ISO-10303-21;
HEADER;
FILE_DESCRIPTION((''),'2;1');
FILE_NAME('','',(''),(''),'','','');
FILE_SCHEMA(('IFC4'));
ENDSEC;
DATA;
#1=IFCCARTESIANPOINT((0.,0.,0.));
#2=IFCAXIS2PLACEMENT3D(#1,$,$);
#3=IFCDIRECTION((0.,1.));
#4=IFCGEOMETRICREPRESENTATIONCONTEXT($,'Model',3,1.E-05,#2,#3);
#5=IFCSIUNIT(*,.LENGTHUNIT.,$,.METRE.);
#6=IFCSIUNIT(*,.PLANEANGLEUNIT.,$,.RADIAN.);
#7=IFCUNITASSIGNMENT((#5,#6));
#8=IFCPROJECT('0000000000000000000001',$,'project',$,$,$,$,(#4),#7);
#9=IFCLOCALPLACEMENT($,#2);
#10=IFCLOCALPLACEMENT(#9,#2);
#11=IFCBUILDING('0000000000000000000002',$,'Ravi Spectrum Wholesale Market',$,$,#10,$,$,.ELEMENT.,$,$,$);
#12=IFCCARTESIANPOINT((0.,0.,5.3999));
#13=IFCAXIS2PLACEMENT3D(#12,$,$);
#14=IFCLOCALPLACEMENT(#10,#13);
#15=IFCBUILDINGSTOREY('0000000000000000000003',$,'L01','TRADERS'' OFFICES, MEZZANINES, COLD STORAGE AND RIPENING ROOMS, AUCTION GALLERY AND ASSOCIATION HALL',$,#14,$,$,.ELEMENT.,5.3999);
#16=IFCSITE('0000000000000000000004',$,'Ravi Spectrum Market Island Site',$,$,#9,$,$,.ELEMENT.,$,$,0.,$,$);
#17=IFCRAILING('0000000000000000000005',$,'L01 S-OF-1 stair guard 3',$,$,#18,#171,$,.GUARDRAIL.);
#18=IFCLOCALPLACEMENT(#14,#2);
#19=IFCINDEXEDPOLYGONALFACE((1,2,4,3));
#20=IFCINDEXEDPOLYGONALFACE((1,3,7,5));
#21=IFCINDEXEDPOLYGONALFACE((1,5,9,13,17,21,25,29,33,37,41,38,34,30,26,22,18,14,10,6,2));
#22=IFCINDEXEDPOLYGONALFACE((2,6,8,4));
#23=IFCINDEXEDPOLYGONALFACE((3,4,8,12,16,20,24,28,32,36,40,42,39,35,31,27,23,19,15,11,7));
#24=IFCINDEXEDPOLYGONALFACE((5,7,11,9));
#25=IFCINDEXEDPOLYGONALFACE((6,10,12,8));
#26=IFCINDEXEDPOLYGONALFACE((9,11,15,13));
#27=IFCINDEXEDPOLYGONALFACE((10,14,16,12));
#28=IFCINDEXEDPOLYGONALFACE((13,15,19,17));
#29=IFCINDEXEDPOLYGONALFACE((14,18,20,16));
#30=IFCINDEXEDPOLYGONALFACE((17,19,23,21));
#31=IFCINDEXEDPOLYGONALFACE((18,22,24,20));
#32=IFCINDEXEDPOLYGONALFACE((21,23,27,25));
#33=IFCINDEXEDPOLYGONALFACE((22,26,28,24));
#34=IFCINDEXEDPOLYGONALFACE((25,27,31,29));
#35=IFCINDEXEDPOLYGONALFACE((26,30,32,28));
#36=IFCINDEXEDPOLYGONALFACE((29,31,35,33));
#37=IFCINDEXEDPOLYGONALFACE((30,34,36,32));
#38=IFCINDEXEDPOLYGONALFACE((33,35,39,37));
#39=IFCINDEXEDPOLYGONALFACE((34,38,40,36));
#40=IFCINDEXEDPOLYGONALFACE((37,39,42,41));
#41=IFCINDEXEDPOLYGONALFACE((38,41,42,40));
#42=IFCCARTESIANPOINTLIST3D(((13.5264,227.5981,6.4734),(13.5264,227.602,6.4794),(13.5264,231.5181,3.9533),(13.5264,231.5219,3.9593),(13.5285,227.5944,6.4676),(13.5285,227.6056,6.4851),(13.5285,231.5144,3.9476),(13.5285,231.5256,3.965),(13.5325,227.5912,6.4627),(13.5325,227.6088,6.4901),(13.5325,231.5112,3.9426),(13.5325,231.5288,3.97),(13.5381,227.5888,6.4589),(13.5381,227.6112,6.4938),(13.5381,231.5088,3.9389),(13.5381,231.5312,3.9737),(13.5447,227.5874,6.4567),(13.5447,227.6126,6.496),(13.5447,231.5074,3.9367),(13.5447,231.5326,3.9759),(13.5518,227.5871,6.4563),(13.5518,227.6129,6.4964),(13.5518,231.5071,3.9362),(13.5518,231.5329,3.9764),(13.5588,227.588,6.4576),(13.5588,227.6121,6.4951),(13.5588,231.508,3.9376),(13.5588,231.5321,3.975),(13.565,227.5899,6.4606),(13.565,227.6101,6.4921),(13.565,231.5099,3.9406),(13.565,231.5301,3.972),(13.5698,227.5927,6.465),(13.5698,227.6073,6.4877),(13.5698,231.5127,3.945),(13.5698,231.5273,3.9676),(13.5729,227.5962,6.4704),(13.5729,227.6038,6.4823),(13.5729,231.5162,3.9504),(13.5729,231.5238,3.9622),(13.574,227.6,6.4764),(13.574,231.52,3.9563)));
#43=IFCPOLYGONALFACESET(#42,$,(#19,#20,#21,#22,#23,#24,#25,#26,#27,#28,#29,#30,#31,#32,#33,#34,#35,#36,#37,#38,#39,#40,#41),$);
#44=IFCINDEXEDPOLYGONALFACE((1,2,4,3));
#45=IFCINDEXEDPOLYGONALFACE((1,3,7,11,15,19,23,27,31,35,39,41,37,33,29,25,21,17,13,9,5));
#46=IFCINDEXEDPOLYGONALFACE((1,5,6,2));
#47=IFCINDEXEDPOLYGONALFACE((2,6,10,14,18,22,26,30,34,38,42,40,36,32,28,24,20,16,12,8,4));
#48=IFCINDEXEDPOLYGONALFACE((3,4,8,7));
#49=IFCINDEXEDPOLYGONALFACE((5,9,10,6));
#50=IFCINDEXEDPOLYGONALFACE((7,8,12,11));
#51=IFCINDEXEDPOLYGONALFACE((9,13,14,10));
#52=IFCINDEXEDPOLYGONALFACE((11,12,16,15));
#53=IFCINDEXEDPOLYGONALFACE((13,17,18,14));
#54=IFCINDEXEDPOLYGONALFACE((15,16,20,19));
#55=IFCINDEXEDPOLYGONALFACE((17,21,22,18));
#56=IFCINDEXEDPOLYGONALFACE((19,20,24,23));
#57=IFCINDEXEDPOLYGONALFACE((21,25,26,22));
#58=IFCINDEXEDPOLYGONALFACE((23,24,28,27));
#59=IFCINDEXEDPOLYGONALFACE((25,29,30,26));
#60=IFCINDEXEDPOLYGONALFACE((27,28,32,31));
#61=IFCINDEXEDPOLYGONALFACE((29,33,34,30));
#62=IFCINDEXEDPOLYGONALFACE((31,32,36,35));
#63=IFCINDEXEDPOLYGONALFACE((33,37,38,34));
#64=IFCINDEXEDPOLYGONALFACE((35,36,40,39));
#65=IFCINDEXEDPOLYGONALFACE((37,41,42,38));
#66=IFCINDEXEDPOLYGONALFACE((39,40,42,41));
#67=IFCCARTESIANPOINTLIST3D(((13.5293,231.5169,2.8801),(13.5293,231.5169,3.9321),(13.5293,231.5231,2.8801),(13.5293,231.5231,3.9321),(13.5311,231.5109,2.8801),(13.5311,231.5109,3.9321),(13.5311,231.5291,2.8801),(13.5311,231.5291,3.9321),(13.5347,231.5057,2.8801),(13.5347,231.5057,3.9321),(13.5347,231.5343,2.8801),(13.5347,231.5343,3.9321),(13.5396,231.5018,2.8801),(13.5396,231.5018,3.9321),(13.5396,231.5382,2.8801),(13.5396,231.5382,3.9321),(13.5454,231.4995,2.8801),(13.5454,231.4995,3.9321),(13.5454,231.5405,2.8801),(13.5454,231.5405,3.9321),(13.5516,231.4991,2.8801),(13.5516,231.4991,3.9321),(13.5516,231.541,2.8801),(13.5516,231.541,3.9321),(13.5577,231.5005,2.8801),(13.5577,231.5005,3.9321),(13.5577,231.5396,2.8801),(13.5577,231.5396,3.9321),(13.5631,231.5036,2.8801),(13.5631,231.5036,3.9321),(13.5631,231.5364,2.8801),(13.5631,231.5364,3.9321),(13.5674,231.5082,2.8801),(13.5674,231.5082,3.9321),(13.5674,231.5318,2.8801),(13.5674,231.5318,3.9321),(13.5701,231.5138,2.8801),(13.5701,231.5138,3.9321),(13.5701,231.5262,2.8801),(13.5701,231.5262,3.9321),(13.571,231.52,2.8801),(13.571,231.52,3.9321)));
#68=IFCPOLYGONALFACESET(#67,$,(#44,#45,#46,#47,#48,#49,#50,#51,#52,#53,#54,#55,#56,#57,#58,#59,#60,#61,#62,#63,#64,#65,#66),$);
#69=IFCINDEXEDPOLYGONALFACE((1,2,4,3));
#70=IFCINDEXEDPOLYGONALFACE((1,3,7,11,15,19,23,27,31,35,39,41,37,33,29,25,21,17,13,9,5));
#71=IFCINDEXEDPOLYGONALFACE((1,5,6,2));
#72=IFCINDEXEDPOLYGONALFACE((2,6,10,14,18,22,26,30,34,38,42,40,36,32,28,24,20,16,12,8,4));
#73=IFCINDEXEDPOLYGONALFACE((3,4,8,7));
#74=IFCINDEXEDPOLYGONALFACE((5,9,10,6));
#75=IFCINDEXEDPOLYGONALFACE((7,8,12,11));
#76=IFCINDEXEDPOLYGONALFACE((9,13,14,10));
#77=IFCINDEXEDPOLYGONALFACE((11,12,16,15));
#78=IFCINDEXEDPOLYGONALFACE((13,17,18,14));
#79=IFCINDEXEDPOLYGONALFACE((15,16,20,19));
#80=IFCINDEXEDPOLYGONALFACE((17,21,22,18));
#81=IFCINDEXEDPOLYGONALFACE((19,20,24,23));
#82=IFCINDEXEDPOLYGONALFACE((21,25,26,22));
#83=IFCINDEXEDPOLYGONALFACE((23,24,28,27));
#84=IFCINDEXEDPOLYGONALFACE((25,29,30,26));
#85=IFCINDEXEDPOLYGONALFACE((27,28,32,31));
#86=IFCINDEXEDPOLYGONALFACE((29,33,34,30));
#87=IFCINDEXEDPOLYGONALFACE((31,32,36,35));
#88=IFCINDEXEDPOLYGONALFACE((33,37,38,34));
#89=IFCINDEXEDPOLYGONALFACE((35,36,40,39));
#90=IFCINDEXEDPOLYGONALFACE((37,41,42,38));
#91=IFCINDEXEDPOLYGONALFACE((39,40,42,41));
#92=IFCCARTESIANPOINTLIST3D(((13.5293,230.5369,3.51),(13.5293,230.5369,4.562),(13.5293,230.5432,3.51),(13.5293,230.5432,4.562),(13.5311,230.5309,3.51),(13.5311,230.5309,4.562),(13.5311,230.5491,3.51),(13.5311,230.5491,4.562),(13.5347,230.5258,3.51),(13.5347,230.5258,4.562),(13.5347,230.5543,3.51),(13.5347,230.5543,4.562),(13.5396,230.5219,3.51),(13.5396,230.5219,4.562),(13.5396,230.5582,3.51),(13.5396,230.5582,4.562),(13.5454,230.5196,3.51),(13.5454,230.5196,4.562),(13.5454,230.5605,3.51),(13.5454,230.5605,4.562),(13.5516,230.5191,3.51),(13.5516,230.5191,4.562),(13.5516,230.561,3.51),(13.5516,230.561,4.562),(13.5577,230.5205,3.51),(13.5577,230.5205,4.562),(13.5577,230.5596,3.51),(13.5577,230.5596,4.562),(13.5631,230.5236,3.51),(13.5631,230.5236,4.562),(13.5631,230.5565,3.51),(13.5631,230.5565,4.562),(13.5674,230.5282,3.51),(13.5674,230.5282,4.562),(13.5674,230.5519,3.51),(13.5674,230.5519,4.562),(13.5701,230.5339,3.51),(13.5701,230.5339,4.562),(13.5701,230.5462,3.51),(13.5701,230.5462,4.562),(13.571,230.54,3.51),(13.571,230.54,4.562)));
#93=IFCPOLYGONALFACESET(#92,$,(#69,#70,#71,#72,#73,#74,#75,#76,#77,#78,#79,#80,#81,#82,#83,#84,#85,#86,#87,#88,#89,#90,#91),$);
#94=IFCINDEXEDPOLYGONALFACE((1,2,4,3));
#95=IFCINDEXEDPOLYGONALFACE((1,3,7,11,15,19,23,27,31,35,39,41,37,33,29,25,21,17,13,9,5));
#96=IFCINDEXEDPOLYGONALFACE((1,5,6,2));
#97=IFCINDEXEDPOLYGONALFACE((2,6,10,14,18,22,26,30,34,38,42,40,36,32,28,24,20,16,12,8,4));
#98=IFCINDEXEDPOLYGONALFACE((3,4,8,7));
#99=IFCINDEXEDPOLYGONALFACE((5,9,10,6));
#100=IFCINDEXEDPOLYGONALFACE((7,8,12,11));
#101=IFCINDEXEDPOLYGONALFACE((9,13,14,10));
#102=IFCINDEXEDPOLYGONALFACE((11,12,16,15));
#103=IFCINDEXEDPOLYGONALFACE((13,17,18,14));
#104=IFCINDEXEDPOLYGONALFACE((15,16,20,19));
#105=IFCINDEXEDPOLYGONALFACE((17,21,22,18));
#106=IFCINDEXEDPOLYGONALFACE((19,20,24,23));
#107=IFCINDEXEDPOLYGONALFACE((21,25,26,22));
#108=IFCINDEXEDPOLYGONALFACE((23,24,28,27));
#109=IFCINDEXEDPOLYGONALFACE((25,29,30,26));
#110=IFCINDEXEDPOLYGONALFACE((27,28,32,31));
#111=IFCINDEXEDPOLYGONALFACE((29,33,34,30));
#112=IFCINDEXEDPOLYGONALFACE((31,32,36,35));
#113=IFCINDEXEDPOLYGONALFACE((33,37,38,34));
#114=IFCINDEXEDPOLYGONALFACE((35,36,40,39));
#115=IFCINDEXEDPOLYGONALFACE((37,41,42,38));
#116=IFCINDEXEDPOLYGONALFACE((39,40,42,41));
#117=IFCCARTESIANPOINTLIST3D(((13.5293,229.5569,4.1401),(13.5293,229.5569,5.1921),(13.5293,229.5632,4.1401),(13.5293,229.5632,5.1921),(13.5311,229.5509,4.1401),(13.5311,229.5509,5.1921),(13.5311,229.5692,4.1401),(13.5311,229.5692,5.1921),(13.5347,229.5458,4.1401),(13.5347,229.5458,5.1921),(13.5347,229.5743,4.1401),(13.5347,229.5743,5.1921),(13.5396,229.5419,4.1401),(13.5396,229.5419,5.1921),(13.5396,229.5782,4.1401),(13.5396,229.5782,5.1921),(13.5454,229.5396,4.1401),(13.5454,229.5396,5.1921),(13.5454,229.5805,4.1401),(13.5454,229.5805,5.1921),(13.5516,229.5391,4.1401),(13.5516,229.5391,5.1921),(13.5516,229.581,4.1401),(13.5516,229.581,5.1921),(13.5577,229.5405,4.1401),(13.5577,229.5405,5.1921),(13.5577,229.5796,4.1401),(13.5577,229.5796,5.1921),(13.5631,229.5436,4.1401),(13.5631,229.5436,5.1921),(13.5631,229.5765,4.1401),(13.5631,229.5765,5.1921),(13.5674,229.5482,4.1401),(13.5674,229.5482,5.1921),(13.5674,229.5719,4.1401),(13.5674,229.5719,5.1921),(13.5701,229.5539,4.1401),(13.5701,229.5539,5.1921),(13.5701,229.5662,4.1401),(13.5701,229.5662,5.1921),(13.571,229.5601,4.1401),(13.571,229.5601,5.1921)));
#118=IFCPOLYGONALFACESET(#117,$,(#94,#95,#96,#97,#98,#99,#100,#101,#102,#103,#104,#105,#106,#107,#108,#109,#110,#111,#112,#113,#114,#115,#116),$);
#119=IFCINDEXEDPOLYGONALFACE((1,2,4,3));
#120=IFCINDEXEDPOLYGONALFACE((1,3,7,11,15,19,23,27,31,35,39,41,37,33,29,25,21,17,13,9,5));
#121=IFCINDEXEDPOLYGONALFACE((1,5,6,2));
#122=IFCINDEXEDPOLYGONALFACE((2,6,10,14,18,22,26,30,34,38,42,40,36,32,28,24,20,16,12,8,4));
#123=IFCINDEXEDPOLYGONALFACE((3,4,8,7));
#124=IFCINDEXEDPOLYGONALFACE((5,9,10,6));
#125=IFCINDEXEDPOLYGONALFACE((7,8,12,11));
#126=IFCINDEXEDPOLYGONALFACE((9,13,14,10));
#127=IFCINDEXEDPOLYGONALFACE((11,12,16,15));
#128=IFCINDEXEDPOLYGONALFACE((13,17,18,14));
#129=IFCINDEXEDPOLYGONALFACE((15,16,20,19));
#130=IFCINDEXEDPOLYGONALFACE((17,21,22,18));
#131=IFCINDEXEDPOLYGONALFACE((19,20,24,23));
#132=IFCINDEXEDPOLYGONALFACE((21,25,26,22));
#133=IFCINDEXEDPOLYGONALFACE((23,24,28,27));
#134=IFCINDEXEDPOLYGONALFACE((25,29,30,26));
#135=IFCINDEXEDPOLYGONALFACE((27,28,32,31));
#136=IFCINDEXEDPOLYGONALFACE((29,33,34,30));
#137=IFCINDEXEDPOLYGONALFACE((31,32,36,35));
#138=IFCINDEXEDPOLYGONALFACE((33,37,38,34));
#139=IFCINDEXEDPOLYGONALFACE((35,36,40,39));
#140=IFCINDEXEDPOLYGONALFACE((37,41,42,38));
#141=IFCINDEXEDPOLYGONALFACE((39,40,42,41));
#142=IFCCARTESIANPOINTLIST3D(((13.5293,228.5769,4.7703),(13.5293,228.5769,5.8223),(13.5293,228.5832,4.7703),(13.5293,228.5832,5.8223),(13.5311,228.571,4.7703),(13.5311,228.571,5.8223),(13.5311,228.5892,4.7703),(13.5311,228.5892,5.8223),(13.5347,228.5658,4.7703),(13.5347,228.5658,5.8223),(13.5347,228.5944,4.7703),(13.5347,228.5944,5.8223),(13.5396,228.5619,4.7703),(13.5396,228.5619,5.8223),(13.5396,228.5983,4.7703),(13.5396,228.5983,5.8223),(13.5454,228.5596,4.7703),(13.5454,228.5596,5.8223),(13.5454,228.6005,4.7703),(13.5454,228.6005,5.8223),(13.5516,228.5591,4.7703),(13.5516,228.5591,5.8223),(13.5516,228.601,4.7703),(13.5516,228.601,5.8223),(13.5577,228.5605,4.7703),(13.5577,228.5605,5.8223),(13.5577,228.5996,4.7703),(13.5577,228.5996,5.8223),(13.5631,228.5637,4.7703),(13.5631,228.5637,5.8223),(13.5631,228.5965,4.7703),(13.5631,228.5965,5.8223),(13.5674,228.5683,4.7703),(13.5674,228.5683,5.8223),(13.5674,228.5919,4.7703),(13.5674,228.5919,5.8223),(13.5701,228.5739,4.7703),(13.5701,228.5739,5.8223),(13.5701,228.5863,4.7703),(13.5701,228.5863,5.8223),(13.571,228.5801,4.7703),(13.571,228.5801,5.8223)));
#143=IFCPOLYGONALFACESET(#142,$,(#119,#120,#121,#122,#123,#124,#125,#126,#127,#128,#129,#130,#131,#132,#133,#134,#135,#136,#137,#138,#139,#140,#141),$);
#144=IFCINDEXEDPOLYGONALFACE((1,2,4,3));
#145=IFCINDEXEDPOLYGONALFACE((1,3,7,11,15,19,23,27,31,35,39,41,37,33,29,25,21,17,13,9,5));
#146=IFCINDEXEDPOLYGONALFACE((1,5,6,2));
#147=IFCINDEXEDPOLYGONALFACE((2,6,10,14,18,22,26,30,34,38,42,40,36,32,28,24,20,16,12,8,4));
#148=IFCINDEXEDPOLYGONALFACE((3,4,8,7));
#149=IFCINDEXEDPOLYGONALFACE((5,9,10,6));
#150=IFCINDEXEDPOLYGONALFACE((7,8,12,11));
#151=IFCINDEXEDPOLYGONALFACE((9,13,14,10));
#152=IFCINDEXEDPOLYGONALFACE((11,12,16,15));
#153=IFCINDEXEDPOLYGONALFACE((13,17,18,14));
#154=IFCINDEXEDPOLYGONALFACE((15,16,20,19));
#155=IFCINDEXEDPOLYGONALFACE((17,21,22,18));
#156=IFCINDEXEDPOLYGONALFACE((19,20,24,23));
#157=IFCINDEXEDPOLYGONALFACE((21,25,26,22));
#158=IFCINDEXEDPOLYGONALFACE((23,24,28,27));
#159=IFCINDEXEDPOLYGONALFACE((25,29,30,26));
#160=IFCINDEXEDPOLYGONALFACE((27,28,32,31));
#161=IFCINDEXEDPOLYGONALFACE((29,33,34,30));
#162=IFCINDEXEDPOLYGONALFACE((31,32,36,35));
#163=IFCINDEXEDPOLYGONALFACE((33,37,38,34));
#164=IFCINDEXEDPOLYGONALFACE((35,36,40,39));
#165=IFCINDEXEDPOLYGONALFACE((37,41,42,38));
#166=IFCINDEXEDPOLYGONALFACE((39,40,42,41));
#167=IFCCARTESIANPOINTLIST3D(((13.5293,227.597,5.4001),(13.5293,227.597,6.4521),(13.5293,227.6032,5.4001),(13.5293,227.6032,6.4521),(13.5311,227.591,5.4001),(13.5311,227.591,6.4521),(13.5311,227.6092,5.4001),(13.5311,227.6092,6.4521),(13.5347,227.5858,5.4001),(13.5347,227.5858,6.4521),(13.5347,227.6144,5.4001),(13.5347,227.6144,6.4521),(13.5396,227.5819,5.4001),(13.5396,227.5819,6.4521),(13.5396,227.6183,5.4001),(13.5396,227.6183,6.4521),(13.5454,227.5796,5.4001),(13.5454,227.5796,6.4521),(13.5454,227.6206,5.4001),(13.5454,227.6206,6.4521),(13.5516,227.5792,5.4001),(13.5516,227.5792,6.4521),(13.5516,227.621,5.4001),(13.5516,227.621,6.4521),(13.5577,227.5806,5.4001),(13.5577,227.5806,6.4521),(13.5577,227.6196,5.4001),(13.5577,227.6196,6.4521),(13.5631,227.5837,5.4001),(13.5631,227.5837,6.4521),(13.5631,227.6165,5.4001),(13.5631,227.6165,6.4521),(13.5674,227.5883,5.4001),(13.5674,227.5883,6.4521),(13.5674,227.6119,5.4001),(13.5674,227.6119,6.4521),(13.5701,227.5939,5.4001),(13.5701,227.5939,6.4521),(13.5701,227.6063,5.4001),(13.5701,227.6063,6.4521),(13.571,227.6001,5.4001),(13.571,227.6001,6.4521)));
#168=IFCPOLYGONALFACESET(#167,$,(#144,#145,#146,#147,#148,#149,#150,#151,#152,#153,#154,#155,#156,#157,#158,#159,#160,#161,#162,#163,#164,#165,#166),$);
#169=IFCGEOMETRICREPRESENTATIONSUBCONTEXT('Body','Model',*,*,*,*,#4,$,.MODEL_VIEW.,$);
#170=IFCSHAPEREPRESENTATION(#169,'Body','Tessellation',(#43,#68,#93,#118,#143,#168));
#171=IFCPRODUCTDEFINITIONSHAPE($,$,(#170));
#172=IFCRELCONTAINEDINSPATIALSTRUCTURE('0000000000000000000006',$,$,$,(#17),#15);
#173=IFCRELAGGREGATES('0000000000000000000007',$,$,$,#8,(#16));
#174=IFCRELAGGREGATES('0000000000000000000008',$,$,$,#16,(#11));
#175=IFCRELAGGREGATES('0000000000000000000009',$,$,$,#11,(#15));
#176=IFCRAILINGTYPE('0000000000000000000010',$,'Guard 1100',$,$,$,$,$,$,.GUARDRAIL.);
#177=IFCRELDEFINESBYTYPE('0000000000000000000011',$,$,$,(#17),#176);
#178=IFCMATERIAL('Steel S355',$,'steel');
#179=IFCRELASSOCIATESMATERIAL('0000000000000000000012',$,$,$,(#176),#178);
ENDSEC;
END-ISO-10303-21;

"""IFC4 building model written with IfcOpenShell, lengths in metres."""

from ifc_helpers import new_model, si_unit, direction, frame, origin, origin_2d, place, context, subcontext, project, spatial, circle, extrude, material, type_object, element, save


model = new_model("IFC4")

# Units and contexts
model_context = context("Model", 3, precision=1e-05, world=origin(), true_north=direction((0.0, 1.0)))
body_context = subcontext(model_context, "Body", "Model", "MODEL_VIEW")
ifc_project = project(units=[si_unit("LENGTHUNIT", "METRE"), si_unit("PLANEANGLEUNIT", "RADIAN")], contexts=[model_context])

# Site, building, storey
site_placement = place(None, origin())
site = spatial("IfcSite", under=ifc_project, at=site_placement, Name="Ravi Spectrum Market Island Site", CompositionType="ELEMENT", RefElevation=0.0)
building_placement = place(site_placement, origin())
building = spatial("IfcBuilding", under=site, at=building_placement, Name="Ravi Spectrum Wholesale Market", CompositionType="ELEMENT")
storey_placement = place(building_placement, frame((0.0, 0.0, 5.3999)))
storey = spatial("IfcBuildingStorey", under=building, at=storey_placement, Name="L01", Description="TRADERS' OFFICES, MEZZANINES, COLD STORAGE AND RIPENING ROOMS, AUCTION GALLERY AND ASSOCIATION HALL", CompositionType="ELEMENT", Elevation=5.3999)

# Railing
ifc_material_1 = material(Name="Steel S355", Category="steel")
railing_type_1 = type_object("IfcRailingType", Name="Guard 1100", PredefinedType="GUARDRAIL", material=ifc_material_1)
railing_1_placement = place(storey_placement, frame((13.55, 231.52, 2.8801)))
element("IfcRailing", 1, at=railing_1_placement, inside=storey, type_object=railing_type_1, Name="L01 S-OF-1 stair guard 3", PredefinedType="GUARDRAIL", context=body_context, shape_type="SweptSolid", body=[
    extrude(circle(Radius=0.0239, at=origin_2d()), frame((0.0, 0.0, 1.0762), z_axis=(0.0, -0.841172, 0.540768), x_axis=(1.0, 0.0, 0.0)), (0.0, 0.0, 1.0), 4.6602),
    extrude(circle(Radius=0.021, at=origin_2d()), origin(), (0.0, 0.0, 1.0), 1.052),
    extrude(circle(Radius=0.021, at=origin_2d()), frame((0.0, -0.98, 0.6299)), (0.0, 0.0, 1.0), 1.052),
    extrude(circle(Radius=0.021, at=origin_2d()), frame((0.0, -1.96, 1.26)), (0.0, 0.0, 1.0), 1.052),
    extrude(circle(Radius=0.021, at=origin_2d()), frame((0.0, -2.9399, 1.8901)), (0.0, 0.0, 1.0), 1.052),
    extrude(circle(Radius=0.021, at=origin_2d()), frame((0.0, -3.9199, 2.52)), (0.0, 0.0, 1.0), 1.052),
])

save(model, "model.ifc")
